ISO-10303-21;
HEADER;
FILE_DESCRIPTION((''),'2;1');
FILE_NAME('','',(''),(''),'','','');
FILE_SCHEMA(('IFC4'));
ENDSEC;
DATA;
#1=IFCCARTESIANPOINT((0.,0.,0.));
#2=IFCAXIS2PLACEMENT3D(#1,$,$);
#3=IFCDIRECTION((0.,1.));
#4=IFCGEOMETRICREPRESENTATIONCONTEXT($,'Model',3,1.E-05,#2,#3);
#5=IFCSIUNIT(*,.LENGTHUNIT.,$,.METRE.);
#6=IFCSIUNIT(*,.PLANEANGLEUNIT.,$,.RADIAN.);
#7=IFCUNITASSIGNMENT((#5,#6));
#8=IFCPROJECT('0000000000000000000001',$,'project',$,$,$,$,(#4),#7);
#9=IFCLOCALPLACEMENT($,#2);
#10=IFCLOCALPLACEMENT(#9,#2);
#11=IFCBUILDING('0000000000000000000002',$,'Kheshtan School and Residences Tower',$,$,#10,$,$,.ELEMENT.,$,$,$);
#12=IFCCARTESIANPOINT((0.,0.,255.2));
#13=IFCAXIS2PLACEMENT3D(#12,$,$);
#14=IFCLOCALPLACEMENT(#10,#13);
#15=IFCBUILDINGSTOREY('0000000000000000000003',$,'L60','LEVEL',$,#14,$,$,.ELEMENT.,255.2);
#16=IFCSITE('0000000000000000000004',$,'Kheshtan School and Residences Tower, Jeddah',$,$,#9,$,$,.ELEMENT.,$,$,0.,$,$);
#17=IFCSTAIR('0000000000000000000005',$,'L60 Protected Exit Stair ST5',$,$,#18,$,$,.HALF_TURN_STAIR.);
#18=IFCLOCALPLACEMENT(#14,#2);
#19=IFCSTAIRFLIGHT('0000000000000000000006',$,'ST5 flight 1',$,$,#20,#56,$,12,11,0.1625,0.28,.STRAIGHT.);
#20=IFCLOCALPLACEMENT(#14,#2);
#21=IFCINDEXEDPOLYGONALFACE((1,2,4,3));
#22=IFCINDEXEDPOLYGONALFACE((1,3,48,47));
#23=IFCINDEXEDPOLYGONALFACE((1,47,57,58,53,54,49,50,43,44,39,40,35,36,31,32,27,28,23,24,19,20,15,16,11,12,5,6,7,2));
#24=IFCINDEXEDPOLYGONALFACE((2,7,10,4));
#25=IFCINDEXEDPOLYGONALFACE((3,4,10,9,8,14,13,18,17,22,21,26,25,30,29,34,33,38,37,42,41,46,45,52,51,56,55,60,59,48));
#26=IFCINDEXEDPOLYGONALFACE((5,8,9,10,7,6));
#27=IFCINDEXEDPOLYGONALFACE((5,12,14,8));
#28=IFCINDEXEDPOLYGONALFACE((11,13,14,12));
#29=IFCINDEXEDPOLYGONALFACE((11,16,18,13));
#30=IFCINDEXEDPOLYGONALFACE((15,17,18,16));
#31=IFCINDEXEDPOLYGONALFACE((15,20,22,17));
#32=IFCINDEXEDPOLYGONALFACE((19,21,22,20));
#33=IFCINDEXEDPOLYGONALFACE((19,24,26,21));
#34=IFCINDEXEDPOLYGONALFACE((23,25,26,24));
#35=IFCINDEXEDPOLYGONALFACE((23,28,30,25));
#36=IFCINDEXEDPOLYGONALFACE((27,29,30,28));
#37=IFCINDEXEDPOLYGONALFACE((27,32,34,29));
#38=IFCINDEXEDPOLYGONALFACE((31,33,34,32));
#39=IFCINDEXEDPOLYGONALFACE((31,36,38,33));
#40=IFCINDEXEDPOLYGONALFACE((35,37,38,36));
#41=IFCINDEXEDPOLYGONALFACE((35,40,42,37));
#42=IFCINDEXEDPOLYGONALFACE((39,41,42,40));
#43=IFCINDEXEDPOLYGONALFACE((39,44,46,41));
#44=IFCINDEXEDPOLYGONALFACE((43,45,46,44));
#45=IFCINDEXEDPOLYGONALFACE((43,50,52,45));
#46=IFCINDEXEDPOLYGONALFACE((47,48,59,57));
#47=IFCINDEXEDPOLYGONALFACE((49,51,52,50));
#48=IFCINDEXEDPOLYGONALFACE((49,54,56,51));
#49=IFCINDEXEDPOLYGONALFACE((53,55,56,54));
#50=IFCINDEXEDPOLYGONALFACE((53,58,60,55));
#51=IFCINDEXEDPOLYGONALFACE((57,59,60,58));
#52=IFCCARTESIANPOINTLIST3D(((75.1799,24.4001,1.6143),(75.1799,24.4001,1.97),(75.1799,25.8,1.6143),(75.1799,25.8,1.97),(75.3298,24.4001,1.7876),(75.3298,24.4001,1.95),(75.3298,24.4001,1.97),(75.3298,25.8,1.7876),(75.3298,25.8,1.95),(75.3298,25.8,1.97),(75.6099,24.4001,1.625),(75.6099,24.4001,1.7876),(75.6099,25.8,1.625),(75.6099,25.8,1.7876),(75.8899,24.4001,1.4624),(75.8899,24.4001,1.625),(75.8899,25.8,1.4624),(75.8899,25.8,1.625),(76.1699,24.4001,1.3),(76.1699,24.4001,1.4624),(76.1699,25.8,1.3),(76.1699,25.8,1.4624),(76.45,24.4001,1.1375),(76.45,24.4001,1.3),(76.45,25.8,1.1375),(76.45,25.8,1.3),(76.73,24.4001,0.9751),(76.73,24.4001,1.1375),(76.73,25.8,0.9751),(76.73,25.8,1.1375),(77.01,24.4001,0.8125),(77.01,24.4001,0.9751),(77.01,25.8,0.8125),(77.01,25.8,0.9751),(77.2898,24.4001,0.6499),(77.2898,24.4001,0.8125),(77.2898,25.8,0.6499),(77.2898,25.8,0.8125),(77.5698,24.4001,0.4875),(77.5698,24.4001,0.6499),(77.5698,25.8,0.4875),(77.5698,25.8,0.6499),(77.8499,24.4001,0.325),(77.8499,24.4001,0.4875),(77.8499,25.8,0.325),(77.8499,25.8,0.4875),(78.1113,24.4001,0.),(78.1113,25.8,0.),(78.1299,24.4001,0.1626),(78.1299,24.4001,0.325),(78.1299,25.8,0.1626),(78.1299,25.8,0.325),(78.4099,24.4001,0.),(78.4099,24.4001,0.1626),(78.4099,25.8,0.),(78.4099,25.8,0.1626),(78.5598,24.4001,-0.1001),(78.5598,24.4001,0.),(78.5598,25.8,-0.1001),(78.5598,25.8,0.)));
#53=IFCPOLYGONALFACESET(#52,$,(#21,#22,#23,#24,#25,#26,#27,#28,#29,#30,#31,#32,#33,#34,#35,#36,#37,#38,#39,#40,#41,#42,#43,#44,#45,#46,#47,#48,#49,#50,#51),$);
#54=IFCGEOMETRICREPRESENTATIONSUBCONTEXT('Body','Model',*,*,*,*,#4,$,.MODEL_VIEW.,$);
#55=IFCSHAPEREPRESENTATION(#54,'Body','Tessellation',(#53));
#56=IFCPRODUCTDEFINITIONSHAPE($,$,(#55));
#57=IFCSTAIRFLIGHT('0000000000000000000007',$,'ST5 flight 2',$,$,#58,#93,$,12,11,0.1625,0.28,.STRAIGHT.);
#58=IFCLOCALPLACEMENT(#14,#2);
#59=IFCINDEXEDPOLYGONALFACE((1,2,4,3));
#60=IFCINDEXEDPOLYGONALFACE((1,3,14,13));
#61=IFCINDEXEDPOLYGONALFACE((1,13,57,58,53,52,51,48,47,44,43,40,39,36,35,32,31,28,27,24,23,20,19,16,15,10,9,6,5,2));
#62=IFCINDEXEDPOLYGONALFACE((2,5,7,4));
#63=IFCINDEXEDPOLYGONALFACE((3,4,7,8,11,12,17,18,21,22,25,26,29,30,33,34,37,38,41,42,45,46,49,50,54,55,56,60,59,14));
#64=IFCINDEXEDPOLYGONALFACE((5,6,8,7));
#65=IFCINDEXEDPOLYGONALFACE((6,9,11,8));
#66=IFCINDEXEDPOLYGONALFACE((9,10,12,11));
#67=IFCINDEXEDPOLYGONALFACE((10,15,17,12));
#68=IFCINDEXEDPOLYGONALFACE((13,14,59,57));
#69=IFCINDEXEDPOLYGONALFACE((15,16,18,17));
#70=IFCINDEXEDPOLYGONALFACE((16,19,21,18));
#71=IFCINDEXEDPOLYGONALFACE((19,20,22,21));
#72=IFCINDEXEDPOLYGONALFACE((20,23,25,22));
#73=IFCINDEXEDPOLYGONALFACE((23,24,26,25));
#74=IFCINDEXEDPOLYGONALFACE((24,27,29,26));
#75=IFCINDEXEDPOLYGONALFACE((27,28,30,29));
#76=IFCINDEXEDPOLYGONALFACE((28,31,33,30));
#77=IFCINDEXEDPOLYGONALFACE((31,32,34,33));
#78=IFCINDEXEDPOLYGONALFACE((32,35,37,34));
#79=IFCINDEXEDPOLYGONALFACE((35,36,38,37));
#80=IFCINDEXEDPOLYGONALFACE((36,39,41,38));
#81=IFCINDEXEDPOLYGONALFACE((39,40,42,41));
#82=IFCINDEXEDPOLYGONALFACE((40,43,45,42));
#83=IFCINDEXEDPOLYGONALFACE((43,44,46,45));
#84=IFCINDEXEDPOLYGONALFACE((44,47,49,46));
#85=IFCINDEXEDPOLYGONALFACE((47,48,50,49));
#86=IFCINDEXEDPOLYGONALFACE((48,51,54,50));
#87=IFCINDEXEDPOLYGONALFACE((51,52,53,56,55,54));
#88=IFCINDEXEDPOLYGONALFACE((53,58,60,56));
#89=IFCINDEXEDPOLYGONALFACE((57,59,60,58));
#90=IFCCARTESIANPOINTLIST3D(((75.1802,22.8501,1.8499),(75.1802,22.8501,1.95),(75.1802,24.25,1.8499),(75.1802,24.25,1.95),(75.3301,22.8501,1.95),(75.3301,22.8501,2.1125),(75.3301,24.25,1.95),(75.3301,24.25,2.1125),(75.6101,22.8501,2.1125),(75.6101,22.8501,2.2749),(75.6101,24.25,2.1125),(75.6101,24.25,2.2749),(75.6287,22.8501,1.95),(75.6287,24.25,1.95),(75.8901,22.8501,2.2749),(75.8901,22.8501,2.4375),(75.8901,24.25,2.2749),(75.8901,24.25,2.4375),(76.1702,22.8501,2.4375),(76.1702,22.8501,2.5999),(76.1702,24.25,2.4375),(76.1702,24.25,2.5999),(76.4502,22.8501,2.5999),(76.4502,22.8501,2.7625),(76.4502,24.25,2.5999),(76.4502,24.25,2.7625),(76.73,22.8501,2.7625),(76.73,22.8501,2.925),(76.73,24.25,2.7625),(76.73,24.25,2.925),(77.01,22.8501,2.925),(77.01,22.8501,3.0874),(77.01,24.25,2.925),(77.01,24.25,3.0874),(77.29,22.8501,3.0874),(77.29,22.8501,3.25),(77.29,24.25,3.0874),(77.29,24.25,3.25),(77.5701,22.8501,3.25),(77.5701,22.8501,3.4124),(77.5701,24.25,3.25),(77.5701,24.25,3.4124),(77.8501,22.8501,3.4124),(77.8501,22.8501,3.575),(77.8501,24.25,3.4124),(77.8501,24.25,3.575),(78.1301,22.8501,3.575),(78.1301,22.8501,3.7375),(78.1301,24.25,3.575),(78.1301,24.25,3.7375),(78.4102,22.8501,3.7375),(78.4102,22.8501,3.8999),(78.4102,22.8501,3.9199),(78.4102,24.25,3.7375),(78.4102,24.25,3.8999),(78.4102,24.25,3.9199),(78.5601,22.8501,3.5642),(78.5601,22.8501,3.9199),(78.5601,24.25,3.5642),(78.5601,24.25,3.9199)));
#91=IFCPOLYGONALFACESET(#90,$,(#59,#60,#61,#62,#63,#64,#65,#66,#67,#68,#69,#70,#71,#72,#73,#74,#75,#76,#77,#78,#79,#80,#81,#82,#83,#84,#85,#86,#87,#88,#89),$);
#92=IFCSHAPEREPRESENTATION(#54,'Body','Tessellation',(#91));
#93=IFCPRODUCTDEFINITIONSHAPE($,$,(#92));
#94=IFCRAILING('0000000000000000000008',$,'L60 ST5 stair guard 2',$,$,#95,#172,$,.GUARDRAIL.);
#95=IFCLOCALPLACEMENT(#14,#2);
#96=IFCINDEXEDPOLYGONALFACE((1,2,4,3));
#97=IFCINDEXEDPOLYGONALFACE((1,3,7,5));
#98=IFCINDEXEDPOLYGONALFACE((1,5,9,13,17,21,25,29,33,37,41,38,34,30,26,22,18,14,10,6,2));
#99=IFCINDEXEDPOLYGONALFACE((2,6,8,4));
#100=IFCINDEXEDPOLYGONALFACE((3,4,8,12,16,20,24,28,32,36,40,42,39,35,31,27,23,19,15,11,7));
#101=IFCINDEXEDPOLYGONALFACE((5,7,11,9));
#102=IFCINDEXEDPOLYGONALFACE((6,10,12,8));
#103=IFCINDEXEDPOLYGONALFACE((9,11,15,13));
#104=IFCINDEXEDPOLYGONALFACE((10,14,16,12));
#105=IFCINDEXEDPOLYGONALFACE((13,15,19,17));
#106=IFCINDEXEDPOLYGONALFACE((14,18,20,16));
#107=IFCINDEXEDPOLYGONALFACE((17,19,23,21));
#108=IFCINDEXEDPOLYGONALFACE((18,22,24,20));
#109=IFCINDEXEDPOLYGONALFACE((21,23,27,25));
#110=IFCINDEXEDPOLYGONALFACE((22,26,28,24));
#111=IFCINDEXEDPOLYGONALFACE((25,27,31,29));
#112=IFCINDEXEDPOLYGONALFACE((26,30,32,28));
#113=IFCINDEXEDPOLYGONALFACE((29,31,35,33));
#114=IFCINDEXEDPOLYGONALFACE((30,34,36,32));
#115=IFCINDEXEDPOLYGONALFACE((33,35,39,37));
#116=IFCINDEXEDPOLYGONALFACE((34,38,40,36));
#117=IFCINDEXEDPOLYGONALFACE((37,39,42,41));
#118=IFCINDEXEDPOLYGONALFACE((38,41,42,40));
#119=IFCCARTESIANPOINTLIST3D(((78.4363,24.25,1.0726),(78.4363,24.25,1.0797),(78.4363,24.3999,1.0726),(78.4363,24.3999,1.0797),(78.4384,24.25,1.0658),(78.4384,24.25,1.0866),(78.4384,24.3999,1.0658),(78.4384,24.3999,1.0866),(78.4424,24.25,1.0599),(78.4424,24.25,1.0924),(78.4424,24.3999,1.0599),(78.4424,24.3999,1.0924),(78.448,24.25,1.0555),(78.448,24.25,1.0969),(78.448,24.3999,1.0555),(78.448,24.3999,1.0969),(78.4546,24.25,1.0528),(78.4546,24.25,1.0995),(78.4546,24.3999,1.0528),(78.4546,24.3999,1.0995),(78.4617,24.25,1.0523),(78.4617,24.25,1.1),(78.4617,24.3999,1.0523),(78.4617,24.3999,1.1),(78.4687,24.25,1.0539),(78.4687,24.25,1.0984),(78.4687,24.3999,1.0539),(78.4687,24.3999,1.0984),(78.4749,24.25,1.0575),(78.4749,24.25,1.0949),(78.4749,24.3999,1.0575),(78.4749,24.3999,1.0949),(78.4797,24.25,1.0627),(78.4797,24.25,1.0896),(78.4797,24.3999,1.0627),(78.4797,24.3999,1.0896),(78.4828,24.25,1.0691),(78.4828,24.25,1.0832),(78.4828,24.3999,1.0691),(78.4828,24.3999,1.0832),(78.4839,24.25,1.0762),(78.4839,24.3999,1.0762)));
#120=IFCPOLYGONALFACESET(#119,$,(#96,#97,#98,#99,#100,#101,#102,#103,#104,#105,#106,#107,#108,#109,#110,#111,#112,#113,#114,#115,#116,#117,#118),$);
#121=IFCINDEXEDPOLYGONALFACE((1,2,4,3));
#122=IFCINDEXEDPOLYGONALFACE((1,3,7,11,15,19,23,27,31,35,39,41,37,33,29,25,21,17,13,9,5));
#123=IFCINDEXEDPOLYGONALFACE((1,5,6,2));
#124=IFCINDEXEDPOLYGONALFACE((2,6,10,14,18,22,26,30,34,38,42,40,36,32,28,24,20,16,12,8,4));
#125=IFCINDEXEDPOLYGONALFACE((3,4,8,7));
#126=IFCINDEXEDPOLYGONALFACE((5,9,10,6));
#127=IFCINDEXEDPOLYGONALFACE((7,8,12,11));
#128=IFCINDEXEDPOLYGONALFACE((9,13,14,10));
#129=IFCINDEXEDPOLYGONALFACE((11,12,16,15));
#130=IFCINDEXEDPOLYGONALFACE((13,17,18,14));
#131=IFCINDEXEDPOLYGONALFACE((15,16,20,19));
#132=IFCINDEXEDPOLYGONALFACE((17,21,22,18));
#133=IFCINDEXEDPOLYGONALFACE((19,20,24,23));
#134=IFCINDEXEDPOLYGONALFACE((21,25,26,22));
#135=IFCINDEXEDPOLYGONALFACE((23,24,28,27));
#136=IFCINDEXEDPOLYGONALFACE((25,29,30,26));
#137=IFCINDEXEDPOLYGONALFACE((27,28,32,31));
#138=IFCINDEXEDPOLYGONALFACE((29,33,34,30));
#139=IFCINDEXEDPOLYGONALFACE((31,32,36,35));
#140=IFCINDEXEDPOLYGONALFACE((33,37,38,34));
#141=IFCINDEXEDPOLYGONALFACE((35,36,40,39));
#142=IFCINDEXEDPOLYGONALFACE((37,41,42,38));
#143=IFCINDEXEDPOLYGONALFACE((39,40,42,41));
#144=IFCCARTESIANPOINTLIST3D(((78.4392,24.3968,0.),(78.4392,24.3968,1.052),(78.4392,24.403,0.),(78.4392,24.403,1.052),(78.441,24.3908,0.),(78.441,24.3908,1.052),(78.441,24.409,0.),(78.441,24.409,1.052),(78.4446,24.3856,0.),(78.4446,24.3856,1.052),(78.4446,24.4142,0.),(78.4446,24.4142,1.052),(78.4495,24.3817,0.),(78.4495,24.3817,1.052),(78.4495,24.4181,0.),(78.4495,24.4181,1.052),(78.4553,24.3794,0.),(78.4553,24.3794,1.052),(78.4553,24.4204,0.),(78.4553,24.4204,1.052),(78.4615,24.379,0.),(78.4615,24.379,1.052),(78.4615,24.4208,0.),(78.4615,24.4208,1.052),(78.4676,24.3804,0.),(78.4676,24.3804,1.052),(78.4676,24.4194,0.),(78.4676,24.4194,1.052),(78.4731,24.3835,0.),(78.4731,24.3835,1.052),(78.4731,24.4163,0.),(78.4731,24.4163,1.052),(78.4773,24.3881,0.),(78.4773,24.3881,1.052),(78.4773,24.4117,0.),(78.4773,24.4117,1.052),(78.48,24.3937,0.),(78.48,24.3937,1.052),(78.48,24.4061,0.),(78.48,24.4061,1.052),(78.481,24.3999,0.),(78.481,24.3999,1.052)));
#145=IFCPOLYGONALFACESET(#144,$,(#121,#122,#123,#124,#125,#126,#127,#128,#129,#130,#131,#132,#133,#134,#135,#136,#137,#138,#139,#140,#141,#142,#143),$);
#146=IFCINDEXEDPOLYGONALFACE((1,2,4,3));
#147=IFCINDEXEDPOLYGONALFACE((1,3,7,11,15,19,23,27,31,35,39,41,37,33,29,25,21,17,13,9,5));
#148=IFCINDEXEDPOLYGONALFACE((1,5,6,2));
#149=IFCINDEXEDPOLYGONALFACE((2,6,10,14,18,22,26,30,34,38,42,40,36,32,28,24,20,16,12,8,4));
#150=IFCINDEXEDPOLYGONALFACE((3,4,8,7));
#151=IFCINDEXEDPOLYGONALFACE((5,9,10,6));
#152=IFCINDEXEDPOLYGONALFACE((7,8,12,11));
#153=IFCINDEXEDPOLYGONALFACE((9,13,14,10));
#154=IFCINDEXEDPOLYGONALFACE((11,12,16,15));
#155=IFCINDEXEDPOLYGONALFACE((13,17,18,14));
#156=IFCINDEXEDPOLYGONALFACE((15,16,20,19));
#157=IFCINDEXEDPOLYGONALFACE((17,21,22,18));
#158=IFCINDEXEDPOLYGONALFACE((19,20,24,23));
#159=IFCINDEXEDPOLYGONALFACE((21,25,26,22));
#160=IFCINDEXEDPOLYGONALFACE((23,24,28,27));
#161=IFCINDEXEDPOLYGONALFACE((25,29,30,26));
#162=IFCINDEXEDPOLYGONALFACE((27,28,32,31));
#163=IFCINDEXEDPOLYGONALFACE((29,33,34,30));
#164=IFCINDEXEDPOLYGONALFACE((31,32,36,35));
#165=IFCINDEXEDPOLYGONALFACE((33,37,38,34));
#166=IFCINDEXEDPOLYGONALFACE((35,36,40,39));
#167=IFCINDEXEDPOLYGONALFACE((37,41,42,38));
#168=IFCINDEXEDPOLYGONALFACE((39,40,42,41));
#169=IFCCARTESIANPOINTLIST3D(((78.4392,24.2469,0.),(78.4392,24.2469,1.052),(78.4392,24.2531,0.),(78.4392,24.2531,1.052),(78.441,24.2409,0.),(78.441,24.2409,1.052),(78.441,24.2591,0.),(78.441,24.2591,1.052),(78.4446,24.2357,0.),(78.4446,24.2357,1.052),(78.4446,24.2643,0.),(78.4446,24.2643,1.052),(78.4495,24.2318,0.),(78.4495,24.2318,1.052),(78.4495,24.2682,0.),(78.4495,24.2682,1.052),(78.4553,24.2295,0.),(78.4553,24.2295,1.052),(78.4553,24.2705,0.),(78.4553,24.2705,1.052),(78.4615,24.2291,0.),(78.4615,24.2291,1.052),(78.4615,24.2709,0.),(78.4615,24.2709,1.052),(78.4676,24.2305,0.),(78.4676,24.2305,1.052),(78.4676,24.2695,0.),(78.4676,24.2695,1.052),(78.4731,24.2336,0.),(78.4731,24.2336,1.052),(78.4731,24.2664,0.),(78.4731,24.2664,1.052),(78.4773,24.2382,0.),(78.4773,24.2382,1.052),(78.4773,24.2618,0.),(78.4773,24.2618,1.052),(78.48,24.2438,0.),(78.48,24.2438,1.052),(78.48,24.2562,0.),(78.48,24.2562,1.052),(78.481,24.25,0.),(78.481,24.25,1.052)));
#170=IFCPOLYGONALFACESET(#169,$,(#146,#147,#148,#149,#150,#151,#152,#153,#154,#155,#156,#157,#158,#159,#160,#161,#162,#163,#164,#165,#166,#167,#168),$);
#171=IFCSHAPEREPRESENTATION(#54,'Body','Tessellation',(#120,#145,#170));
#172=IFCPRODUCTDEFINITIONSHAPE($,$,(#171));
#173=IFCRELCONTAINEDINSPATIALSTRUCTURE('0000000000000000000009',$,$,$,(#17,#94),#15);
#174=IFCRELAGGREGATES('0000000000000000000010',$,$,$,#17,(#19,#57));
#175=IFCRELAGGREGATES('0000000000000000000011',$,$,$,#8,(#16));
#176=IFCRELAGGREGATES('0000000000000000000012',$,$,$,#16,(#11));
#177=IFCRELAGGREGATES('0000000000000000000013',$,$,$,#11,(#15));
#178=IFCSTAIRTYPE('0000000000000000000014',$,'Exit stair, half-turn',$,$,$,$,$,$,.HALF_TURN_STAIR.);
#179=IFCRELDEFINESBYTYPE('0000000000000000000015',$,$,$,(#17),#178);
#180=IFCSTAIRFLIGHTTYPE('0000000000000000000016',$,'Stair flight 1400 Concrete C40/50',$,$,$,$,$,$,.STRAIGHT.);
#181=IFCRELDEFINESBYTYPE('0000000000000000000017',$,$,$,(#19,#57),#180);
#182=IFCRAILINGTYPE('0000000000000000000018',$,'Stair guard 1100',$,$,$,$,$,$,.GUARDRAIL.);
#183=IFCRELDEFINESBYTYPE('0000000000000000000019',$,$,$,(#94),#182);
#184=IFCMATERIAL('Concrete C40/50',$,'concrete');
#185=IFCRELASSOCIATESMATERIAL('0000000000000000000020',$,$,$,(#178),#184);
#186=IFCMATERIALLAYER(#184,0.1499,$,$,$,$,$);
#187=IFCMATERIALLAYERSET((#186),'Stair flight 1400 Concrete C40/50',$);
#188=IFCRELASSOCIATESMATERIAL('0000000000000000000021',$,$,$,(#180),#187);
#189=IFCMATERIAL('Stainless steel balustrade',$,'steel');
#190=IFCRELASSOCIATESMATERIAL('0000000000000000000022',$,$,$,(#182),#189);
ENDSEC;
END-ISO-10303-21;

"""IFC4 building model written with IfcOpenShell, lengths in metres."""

from ifc_helpers import new_model, si_unit, direction, frame, origin, origin_2d, place, context, subcontext, project, spatial, polyline, circle, outline, extrude, material, layer, layer_set, type_object, element, aggregate, save


model = new_model("IFC4")

# Units and contexts
model_context = context("Model", 3, precision=1e-05, world=origin(), true_north=direction((0.0, 1.0)))
body_context = subcontext(model_context, "Body", "Model", "MODEL_VIEW")
ifc_project = project(units=[si_unit("LENGTHUNIT", "METRE"), si_unit("PLANEANGLEUNIT", "RADIAN")], contexts=[model_context])

# Site, building, storey
site_placement = place(None, origin())
site = spatial("IfcSite", under=ifc_project, at=site_placement, Name="Kheshtan School and Residences Tower, Jeddah", CompositionType="ELEMENT", RefElevation=0.0)
building_placement = place(site_placement, origin())
building = spatial("IfcBuilding", under=site, at=building_placement, Name="Kheshtan School and Residences Tower", CompositionType="ELEMENT")
storey_placement = place(building_placement, frame((0.0, 0.0, 255.2)))
storey = spatial("IfcBuildingStorey", under=building, at=storey_placement, Name="L60", Description="LEVEL", CompositionType="ELEMENT", Elevation=255.2)

# Shared definitions
ifc_material_1 = material(Name="Concrete C40/50", Category="concrete")

# Stair, stair flights
stair_type = type_object("IfcStairType", Name="Exit stair, half-turn", PredefinedType="HALF_TURN_STAIR", material=ifc_material_1)
stair_placement = place(storey_placement, origin())
stair = element("IfcStair", 1, at=stair_placement, inside=storey, type_object=stair_type, Name="L60 Protected Exit Stair ST5", PredefinedType="HALF_TURN_STAIR")
ifc_layer_1 = layer(ifc_material_1, 0.1499)
ifc_layer_set_1 = layer_set([ifc_layer_1], Name="Stair flight 1400 Concrete C40/50")
stair_flight_type = type_object("IfcStairFlightType", Name="Stair flight 1400 Concrete C40/50", PredefinedType="STRAIGHT", material=ifc_layer_set_1)
stair_flight_1_placement = place(storey_placement, frame((78.4099, 25.1001, 0.0), z_axis=(0.0, 0.0, 1.0), x_axis=(-1.0, 0.0, 0.0)))
stair_flight_1 = element("IfcStairFlight", 2, at=stair_flight_1_placement, type_object=stair_flight_type, Name="ST5 flight 1", NumberOfRisers=12, NumberOfTreads=11, PredefinedType="STRAIGHT", RiserHeight=0.1625, TreadLength=0.28, context=body_context, shape_type="SweptSolid", body=[
    extrude(outline(polyline([(-0.1499, -0.1001), (-0.1499, 0.0), (0.0, 0.0), (0.0, 0.1626), (0.28, 0.1626), (0.28, 0.325), (0.5601, 0.325), (0.5601, 0.4875), (0.8401, 0.4875), (0.8401, 0.6499), (1.1201, 0.6499), (1.1201, 0.8125), (1.3999, 0.8125), (1.3999, 0.9751), (1.6799, 0.9751), (1.6799, 1.1375), (1.96, 1.1375), (1.96, 1.3), (2.24, 1.3), (2.24, 1.4624), (2.52, 1.4624), (2.52, 1.625), (2.8, 1.625), (2.8, 1.7876), (3.0801, 1.7876), (3.0801, 1.95), (3.0801, 1.97), (3.23, 1.97), (3.23, 1.6143), (0.2986, 0.0), (-0.1499, -0.1001)])), frame((0.0, 0.7, 0.0), z_axis=(0.0, -1.0, 0.0), x_axis=(1.0, 0.0, 0.0)), (0.0, 0.0, 1.0), 1.3999),
])
stair_flight_2_placement = place(storey_placement, frame((75.3301, 23.55, 1.95), z_axis=(0.0, 0.0, 1.0), x_axis=(1.0, 0.0, 0.0)))
stair_flight_2 = element("IfcStairFlight", 3, at=stair_flight_2_placement, type_object=stair_flight_type, Name="ST5 flight 2", NumberOfRisers=12, NumberOfTreads=11, PredefinedType="STRAIGHT", RiserHeight=0.1625, TreadLength=0.28, context=body_context, shape_type="SweptSolid", body=[
    extrude(outline(polyline([(-0.1499, -0.1001), (-0.1499, 0.0), (0.0, 0.0), (0.0, 0.1626), (0.28, 0.1626), (0.28, 0.325), (0.5601, 0.325), (0.5601, 0.4875), (0.8401, 0.4875), (0.8401, 0.6499), (1.1201, 0.6499), (1.1201, 0.8125), (1.3999, 0.8125), (1.3999, 0.9751), (1.6799, 0.9751), (1.6799, 1.1375), (1.96, 1.1375), (1.96, 1.3), (2.24, 1.3), (2.24, 1.4624), (2.52, 1.4624), (2.52, 1.625), (2.8, 1.625), (2.8, 1.7876), (3.0801, 1.7876), (3.0801, 1.95), (3.0801, 1.97), (3.23, 1.97), (3.23, 1.6143), (0.2986, 0.0), (-0.1499, -0.1001)])), frame((0.0, 0.7, 0.0), z_axis=(0.0, -1.0, 0.0), x_axis=(1.0, 0.0, 0.0)), (0.0, 0.0, 1.0), 1.3999),
])
aggregate(stair, [stair_flight_1, stair_flight_2])

# Railing
ifc_material_2 = material(Name="Stainless steel balustrade", Category="steel")
railing_type_1 = type_object("IfcRailingType", Name="Stair guard 1100", PredefinedType="GUARDRAIL", material=ifc_material_2)
railing_1_placement = place(storey_placement, frame((78.46, 24.3999, 0.0)))
element("IfcRailing", 4, at=railing_1_placement, inside=storey, type_object=railing_type_1, Name="L60 ST5 stair guard 2", PredefinedType="GUARDRAIL", context=body_context, shape_type="SweptSolid", body=[
    extrude(circle(Radius=0.0239, at=origin_2d()), frame((0.0, 0.0, 1.0762), z_axis=(0.0, -1.0, 0.0), x_axis=(1.0, 0.0, 0.0)), (0.0, 0.0, 1.0), 0.1499),
    extrude(circle(Radius=0.021, at=origin_2d()), origin(), (0.0, 0.0, 1.0), 1.052),
    extrude(circle(Radius=0.021, at=origin_2d()), frame((0.0, -0.1499, 0.0)), (0.0, 0.0, 1.0), 1.052),
])

save(model, "model.ifc")
